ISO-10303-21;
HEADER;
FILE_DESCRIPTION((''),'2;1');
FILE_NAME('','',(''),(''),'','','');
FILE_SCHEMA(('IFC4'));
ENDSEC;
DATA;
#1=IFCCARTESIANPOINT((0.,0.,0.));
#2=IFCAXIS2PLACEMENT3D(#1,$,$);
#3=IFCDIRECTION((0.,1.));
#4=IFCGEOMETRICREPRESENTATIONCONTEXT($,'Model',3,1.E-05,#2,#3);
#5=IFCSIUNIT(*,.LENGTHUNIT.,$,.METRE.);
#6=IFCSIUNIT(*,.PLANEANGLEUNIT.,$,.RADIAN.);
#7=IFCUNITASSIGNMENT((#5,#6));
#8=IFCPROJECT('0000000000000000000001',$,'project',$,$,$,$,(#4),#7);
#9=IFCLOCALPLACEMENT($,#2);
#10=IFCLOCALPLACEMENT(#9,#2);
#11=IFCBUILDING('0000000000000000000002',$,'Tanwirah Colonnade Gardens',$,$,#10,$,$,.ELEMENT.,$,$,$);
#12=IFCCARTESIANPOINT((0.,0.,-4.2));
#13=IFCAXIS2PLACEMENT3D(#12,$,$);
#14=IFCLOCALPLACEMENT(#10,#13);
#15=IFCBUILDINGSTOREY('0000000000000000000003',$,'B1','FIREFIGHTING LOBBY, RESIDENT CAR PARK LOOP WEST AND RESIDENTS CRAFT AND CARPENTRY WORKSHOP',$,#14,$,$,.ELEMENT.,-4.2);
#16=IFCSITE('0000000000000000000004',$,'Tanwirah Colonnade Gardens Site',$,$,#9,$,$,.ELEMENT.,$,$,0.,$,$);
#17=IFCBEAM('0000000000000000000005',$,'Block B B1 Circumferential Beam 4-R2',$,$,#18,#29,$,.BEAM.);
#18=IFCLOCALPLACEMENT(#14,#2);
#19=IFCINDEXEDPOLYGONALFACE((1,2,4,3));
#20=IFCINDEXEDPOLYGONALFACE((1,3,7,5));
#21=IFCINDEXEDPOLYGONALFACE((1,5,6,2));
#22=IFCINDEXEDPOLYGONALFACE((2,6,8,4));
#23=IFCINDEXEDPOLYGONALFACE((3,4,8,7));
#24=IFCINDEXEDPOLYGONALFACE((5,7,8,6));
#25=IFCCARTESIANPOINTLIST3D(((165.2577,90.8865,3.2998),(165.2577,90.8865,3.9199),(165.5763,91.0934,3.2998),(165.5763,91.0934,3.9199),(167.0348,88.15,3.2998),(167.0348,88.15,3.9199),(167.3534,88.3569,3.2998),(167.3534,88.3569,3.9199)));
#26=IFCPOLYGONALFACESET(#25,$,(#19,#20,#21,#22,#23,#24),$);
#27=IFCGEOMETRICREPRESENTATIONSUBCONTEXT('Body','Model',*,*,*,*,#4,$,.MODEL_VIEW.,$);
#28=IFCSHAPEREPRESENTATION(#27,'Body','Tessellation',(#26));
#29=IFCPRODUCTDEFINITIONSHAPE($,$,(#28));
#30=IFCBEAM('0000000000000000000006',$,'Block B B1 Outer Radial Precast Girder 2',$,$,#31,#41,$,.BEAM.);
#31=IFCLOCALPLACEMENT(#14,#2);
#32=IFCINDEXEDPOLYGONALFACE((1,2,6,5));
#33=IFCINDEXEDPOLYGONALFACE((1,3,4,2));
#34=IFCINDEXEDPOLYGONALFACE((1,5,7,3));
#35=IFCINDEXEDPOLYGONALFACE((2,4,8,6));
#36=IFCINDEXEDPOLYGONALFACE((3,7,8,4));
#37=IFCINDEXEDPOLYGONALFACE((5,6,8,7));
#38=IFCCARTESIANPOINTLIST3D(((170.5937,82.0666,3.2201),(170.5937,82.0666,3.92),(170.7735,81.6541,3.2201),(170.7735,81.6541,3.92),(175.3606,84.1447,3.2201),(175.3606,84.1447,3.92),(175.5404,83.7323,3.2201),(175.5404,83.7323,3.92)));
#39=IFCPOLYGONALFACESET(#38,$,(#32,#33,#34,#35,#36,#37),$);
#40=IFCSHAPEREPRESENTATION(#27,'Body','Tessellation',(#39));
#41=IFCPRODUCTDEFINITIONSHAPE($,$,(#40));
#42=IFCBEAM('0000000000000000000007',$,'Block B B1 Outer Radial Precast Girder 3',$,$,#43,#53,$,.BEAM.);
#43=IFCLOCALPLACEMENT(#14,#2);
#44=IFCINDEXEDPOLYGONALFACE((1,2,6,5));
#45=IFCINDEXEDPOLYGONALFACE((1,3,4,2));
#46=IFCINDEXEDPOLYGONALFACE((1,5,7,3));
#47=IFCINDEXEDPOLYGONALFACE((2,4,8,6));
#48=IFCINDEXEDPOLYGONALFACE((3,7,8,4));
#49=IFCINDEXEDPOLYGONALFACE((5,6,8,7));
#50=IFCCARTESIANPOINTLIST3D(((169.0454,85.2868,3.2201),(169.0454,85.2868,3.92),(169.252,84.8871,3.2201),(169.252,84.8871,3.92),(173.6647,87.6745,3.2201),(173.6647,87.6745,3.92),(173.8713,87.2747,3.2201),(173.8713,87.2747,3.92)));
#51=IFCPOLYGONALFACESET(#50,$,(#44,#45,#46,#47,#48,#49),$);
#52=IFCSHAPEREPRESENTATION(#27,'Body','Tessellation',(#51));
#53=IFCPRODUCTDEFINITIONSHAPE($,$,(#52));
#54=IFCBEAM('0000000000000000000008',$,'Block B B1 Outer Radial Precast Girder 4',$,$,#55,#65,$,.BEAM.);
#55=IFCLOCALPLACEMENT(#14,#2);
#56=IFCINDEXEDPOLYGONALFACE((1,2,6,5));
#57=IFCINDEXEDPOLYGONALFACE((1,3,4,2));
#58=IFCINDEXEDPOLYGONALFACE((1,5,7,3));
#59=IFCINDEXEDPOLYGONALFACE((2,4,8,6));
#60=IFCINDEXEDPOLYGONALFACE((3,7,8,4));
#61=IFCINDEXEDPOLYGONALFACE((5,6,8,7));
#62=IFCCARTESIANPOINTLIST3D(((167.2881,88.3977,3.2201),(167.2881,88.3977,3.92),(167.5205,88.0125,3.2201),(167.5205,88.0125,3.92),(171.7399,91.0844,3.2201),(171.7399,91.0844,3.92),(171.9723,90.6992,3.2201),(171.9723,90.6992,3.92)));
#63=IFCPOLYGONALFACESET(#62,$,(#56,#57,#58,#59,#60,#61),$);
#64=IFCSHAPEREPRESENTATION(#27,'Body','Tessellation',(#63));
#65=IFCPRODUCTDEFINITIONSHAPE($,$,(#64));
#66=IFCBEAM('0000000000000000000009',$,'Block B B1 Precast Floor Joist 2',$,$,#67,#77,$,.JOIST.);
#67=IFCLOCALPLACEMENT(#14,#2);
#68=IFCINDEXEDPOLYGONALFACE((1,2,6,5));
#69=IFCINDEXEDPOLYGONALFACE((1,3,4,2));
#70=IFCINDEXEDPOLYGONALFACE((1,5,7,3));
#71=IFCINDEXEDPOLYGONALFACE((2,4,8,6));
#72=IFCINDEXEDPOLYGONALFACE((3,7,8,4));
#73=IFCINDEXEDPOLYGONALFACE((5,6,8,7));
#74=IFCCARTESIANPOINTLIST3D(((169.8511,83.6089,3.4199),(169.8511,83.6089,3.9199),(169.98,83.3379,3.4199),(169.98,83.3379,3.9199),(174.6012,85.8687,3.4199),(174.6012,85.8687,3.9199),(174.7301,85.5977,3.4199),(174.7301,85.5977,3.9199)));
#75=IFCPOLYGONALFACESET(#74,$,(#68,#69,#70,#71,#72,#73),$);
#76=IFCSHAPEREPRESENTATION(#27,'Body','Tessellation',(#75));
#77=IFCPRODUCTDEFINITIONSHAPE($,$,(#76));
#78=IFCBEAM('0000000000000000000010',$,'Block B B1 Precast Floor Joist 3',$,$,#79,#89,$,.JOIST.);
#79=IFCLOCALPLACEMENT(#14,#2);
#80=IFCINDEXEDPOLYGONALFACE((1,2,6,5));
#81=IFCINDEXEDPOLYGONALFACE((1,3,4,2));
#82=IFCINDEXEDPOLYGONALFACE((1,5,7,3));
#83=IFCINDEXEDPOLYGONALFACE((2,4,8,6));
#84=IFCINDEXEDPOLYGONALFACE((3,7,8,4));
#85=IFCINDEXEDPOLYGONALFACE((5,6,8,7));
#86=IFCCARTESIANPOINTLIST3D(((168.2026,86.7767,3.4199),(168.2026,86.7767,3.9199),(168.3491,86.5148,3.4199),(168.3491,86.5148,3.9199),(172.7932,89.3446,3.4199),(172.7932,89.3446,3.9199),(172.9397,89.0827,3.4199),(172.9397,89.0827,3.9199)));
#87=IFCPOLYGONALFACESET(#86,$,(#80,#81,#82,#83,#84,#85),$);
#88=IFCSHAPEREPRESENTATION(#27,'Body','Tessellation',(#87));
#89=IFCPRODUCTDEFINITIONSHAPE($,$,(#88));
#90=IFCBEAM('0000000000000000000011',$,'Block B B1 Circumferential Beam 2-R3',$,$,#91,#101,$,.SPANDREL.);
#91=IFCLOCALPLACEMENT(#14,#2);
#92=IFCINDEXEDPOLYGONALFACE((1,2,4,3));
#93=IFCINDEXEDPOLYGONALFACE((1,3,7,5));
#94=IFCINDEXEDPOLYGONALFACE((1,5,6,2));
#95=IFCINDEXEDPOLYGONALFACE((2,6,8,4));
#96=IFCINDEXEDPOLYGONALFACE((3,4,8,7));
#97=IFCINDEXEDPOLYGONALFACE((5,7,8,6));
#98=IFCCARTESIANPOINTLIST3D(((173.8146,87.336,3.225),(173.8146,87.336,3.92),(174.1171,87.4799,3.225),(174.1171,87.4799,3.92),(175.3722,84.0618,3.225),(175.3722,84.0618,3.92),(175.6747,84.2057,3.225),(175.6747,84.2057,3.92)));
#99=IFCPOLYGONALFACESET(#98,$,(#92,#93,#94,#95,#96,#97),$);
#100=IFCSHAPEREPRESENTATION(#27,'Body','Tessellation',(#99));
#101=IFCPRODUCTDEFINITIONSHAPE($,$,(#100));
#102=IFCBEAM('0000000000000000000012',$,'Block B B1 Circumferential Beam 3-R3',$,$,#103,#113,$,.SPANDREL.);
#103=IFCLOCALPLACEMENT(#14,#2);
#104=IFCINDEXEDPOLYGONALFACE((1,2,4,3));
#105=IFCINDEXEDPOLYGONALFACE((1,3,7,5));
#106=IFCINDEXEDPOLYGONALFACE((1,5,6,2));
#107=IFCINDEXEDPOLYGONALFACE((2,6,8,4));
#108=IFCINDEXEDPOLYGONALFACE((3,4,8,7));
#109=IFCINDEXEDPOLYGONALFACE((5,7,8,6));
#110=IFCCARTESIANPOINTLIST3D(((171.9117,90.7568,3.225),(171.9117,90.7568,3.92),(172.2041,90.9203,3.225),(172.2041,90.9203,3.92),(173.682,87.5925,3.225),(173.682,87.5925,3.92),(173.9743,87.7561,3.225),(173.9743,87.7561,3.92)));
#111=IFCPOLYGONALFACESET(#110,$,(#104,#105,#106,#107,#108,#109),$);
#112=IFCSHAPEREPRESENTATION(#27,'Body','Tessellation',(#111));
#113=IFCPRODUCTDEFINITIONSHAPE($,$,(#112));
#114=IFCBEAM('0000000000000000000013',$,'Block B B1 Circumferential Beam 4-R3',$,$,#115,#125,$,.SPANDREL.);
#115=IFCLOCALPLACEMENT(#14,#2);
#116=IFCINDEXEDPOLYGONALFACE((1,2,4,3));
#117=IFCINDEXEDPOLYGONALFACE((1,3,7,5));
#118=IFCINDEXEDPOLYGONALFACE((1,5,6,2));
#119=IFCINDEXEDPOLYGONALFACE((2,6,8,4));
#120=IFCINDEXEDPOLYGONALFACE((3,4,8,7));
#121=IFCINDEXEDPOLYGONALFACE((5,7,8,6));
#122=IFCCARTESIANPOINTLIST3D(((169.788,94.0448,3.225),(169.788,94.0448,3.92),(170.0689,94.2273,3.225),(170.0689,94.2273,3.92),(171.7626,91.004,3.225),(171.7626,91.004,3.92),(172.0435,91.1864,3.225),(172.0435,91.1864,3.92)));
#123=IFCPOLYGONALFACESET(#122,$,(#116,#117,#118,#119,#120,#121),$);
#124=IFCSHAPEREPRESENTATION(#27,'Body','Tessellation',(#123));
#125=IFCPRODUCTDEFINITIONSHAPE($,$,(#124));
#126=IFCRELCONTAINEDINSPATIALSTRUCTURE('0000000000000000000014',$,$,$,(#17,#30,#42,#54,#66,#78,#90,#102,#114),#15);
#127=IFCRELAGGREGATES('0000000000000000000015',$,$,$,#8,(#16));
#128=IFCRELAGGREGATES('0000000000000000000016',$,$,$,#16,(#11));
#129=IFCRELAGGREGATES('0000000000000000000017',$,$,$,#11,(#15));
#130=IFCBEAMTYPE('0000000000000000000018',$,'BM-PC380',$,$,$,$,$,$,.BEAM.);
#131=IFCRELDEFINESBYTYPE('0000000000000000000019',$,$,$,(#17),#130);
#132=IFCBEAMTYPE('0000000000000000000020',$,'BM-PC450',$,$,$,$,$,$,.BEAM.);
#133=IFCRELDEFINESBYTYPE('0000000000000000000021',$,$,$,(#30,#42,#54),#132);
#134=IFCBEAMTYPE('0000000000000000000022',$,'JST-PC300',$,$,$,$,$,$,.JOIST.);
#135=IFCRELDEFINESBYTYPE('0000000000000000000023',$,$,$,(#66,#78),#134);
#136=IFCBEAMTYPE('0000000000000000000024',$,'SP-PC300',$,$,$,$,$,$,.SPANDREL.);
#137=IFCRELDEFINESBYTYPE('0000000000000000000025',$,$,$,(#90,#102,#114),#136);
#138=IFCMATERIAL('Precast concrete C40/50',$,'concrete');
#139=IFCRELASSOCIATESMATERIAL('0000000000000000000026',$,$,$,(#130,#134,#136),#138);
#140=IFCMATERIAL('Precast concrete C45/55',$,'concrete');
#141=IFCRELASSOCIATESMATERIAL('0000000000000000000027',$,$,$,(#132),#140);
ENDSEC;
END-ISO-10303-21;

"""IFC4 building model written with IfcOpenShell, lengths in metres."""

from ifc_helpers import new_model, si_unit, direction, frame, origin, origin_2d, place, context, subcontext, project, spatial, rectangle, extrude, material, material_profile, profile_set, type_object, element, save


model = new_model("IFC4")

# Units and contexts
model_context = context("Model", 3, precision=1e-05, world=origin(), true_north=direction((0.0, 1.0)))
body_context = subcontext(model_context, "Body", "Model", "MODEL_VIEW")
ifc_project = project(units=[si_unit("LENGTHUNIT", "METRE"), si_unit("PLANEANGLEUNIT", "RADIAN")], contexts=[model_context])

# Site, building, storey
site_placement = place(None, origin())
site = spatial("IfcSite", under=ifc_project, at=site_placement, Name="Tanwirah Colonnade Gardens Site", CompositionType="ELEMENT", RefElevation=0.0)
building_placement = place(site_placement, origin())
building = spatial("IfcBuilding", under=site, at=building_placement, Name="Tanwirah Colonnade Gardens", CompositionType="ELEMENT")
storey_placement = place(building_placement, frame((0.0, 0.0, -4.2)))
storey = spatial("IfcBuildingStorey", under=building, at=storey_placement, Name="B1", Description="FIREFIGHTING LOBBY, RESIDENT CAR PARK LOOP WEST AND RESIDENTS CRAFT AND CARPENTRY WORKSHOP", CompositionType="ELEMENT", Elevation=-4.2)

# Beams
ifc_material_1 = material(Name="Precast concrete C40/50", Category="concrete")
ifc_material_profile_1 = material_profile(ifc_material_1, rectangle(XDim=0.3799, YDim=0.6201, at=origin_2d()), Name="PC-BM 380x620")
ifc_profile_set_1 = profile_set([ifc_material_profile_1], Name="Precast concrete C40/50")
beam_type_1 = type_object("IfcBeamType", Name="BM-PC380", PredefinedType="BEAM", material=ifc_profile_set_1)
for number, where, z_axis, x_axis, name in (
    (1, (167.1941, 88.2534, 3.6099), (-0.544628, 0.838678, 0.0), (-0.838678, -0.544628, 0.0), "Block B B1 Circumferential Beam 4-R2"),
):
    element("IfcBeam", number, at=place(storey_placement, frame(where, z_axis=z_axis, x_axis=x_axis)), inside=storey, type_object=beam_type_1, Name=name, PredefinedType="BEAM", context=body_context, shape_type="SweptSolid", body=[
        extrude(rectangle(XDim=0.3799, YDim=0.6201, at=origin_2d()), origin(), (0.0, 0.0, 1.0), 3.2629),
    ])
ifc_material_2 = material(Name="Precast concrete C45/55", Category="concrete")
ifc_material_profile_2 = material_profile(ifc_material_2, rectangle(XDim=0.45, YDim=0.7, at=origin_2d()), Name="PC-BM 450x700")
ifc_profile_set_2 = profile_set([ifc_material_profile_2], Name="Precast concrete C45/55")
beam_type_2 = type_object("IfcBeamType", Name="BM-PC450", PredefinedType="BEAM", material=ifc_profile_set_2)
beam_1_placement = place(storey_placement, frame((170.6836, 81.8604, 3.5701), z_axis=(0.916677, 0.399629, 0.0), x_axis=(-0.399629, 0.916677, 0.0)))
element("IfcBeam", 2, at=beam_1_placement, inside=storey, type_object=beam_type_2, Name="Block B B1 Outer Radial Precast Girder 2", PredefinedType="BEAM", context=body_context, shape_type="SweptSolid", body=[
    extrude(rectangle(XDim=0.45, YDim=0.7, at=origin_2d()), origin(), (0.0, 0.0, 1.0), 5.2002),
])
beam_2_placement = place(storey_placement, frame((169.1487, 85.0869, 3.5701), z_axis=(0.888346, 0.459174, 0.0), x_axis=(-0.459174, 0.888346, 0.0)))
element("IfcBeam", 3, at=beam_2_placement, inside=storey, type_object=beam_type_2, Name="Block B B1 Outer Radial Precast Girder 3", PredefinedType="BEAM", context=body_context, shape_type="SweptSolid", body=[
    extrude(rectangle(XDim=0.45, YDim=0.7, at=origin_2d()), origin(), (0.0, 0.0, 1.0), 5.2),
])
beam_3_placement = place(storey_placement, frame((167.4043, 88.2051, 3.5701), z_axis=(0.856164, 0.516704, 0.0), x_axis=(-0.516704, 0.856164, 0.0)))
element("IfcBeam", 4, at=beam_3_placement, inside=storey, type_object=beam_type_2, Name="Block B B1 Outer Radial Precast Girder 4", PredefinedType="BEAM", context=body_context, shape_type="SweptSolid", body=[
    extrude(rectangle(XDim=0.45, YDim=0.7, at=origin_2d()), origin(), (0.0, 0.0, 1.0), 5.1997),
])
ifc_material_profile_3 = material_profile(ifc_material_1, rectangle(XDim=0.3, YDim=0.5, at=origin_2d()), Name="PC-JST 300x500")
ifc_profile_set_3 = profile_set([ifc_material_profile_3], Name="Precast concrete C40/50")
beam_type_3 = type_object("IfcBeamType", Name="JST-PC300", PredefinedType="JOIST", material=ifc_profile_set_3)
beam_4_placement = place(storey_placement, frame((169.9155, 83.4734, 3.6699), z_axis=(0.903018, 0.429602, 0.0), x_axis=(-0.429602, 0.903018, 0.0)))
element("IfcBeam", 5, at=beam_4_placement, inside=storey, type_object=beam_type_3, Name="Block B B1 Precast Floor Joist 2", PredefinedType="JOIST", context=body_context, shape_type="SweptSolid", body=[
    extrude(rectangle(XDim=0.3, YDim=0.5, at=origin_2d()), origin(), (0.0, 0.0, 1.0), 5.2603),
])
beam_5_placement = place(storey_placement, frame((168.2759, 86.6458, 3.6699), z_axis=(0.872737, 0.488191, 0.0), x_axis=(-0.488191, 0.872737, 0.0)))
element("IfcBeam", 6, at=beam_5_placement, inside=storey, type_object=beam_type_3, Name="Block B B1 Precast Floor Joist 3", PredefinedType="JOIST", context=body_context, shape_type="SweptSolid", body=[
    extrude(rectangle(XDim=0.3, YDim=0.5, at=origin_2d()), origin(), (0.0, 0.0, 1.0), 5.26),
])
ifc_material_profile_4 = material_profile(ifc_material_1, rectangle(XDim=0.335, YDim=0.6951, at=origin_2d()), Name="PC-SP 335x695")
ifc_profile_set_4 = profile_set([ifc_material_profile_4], Name="Precast concrete C40/50")
beam_type_4 = type_object("IfcBeamType", Name="SP-PC300", PredefinedType="SPANDREL", material=ifc_profile_set_4)
for number, where, z_axis, x_axis, name in (
    (7, (175.5234, 84.1338, 3.5725), (-0.429594, 0.903022, 0.0), (-0.903022, -0.429594, 0.0), "Block B B1 Circumferential Beam 2-R3"),
    (8, (173.8281, 87.6743, 3.5725), (-0.488236, 0.872711, 0.0), (-0.872711, -0.488236, 0.0), "Block B B1 Circumferential Beam 3-R3"),
    (9, (171.9031, 91.0952, 3.5725), (-0.544621, 0.838682, 0.0), (-0.838682, -0.544621, 0.0), "Block B B1 Circumferential Beam 4-R3"),
):
    element("IfcBeam", number, at=place(storey_placement, frame(where, z_axis=z_axis, x_axis=x_axis)), inside=storey, type_object=beam_type_4, Name=name, PredefinedType="SPANDREL", context=body_context, shape_type="SweptSolid", body=[
        extrude(rectangle(XDim=0.335, YDim=0.6951, at=origin_2d()), origin(), (0.0, 0.0, 1.0), 3.6257),
    ])

save(model, "model.ifc")
